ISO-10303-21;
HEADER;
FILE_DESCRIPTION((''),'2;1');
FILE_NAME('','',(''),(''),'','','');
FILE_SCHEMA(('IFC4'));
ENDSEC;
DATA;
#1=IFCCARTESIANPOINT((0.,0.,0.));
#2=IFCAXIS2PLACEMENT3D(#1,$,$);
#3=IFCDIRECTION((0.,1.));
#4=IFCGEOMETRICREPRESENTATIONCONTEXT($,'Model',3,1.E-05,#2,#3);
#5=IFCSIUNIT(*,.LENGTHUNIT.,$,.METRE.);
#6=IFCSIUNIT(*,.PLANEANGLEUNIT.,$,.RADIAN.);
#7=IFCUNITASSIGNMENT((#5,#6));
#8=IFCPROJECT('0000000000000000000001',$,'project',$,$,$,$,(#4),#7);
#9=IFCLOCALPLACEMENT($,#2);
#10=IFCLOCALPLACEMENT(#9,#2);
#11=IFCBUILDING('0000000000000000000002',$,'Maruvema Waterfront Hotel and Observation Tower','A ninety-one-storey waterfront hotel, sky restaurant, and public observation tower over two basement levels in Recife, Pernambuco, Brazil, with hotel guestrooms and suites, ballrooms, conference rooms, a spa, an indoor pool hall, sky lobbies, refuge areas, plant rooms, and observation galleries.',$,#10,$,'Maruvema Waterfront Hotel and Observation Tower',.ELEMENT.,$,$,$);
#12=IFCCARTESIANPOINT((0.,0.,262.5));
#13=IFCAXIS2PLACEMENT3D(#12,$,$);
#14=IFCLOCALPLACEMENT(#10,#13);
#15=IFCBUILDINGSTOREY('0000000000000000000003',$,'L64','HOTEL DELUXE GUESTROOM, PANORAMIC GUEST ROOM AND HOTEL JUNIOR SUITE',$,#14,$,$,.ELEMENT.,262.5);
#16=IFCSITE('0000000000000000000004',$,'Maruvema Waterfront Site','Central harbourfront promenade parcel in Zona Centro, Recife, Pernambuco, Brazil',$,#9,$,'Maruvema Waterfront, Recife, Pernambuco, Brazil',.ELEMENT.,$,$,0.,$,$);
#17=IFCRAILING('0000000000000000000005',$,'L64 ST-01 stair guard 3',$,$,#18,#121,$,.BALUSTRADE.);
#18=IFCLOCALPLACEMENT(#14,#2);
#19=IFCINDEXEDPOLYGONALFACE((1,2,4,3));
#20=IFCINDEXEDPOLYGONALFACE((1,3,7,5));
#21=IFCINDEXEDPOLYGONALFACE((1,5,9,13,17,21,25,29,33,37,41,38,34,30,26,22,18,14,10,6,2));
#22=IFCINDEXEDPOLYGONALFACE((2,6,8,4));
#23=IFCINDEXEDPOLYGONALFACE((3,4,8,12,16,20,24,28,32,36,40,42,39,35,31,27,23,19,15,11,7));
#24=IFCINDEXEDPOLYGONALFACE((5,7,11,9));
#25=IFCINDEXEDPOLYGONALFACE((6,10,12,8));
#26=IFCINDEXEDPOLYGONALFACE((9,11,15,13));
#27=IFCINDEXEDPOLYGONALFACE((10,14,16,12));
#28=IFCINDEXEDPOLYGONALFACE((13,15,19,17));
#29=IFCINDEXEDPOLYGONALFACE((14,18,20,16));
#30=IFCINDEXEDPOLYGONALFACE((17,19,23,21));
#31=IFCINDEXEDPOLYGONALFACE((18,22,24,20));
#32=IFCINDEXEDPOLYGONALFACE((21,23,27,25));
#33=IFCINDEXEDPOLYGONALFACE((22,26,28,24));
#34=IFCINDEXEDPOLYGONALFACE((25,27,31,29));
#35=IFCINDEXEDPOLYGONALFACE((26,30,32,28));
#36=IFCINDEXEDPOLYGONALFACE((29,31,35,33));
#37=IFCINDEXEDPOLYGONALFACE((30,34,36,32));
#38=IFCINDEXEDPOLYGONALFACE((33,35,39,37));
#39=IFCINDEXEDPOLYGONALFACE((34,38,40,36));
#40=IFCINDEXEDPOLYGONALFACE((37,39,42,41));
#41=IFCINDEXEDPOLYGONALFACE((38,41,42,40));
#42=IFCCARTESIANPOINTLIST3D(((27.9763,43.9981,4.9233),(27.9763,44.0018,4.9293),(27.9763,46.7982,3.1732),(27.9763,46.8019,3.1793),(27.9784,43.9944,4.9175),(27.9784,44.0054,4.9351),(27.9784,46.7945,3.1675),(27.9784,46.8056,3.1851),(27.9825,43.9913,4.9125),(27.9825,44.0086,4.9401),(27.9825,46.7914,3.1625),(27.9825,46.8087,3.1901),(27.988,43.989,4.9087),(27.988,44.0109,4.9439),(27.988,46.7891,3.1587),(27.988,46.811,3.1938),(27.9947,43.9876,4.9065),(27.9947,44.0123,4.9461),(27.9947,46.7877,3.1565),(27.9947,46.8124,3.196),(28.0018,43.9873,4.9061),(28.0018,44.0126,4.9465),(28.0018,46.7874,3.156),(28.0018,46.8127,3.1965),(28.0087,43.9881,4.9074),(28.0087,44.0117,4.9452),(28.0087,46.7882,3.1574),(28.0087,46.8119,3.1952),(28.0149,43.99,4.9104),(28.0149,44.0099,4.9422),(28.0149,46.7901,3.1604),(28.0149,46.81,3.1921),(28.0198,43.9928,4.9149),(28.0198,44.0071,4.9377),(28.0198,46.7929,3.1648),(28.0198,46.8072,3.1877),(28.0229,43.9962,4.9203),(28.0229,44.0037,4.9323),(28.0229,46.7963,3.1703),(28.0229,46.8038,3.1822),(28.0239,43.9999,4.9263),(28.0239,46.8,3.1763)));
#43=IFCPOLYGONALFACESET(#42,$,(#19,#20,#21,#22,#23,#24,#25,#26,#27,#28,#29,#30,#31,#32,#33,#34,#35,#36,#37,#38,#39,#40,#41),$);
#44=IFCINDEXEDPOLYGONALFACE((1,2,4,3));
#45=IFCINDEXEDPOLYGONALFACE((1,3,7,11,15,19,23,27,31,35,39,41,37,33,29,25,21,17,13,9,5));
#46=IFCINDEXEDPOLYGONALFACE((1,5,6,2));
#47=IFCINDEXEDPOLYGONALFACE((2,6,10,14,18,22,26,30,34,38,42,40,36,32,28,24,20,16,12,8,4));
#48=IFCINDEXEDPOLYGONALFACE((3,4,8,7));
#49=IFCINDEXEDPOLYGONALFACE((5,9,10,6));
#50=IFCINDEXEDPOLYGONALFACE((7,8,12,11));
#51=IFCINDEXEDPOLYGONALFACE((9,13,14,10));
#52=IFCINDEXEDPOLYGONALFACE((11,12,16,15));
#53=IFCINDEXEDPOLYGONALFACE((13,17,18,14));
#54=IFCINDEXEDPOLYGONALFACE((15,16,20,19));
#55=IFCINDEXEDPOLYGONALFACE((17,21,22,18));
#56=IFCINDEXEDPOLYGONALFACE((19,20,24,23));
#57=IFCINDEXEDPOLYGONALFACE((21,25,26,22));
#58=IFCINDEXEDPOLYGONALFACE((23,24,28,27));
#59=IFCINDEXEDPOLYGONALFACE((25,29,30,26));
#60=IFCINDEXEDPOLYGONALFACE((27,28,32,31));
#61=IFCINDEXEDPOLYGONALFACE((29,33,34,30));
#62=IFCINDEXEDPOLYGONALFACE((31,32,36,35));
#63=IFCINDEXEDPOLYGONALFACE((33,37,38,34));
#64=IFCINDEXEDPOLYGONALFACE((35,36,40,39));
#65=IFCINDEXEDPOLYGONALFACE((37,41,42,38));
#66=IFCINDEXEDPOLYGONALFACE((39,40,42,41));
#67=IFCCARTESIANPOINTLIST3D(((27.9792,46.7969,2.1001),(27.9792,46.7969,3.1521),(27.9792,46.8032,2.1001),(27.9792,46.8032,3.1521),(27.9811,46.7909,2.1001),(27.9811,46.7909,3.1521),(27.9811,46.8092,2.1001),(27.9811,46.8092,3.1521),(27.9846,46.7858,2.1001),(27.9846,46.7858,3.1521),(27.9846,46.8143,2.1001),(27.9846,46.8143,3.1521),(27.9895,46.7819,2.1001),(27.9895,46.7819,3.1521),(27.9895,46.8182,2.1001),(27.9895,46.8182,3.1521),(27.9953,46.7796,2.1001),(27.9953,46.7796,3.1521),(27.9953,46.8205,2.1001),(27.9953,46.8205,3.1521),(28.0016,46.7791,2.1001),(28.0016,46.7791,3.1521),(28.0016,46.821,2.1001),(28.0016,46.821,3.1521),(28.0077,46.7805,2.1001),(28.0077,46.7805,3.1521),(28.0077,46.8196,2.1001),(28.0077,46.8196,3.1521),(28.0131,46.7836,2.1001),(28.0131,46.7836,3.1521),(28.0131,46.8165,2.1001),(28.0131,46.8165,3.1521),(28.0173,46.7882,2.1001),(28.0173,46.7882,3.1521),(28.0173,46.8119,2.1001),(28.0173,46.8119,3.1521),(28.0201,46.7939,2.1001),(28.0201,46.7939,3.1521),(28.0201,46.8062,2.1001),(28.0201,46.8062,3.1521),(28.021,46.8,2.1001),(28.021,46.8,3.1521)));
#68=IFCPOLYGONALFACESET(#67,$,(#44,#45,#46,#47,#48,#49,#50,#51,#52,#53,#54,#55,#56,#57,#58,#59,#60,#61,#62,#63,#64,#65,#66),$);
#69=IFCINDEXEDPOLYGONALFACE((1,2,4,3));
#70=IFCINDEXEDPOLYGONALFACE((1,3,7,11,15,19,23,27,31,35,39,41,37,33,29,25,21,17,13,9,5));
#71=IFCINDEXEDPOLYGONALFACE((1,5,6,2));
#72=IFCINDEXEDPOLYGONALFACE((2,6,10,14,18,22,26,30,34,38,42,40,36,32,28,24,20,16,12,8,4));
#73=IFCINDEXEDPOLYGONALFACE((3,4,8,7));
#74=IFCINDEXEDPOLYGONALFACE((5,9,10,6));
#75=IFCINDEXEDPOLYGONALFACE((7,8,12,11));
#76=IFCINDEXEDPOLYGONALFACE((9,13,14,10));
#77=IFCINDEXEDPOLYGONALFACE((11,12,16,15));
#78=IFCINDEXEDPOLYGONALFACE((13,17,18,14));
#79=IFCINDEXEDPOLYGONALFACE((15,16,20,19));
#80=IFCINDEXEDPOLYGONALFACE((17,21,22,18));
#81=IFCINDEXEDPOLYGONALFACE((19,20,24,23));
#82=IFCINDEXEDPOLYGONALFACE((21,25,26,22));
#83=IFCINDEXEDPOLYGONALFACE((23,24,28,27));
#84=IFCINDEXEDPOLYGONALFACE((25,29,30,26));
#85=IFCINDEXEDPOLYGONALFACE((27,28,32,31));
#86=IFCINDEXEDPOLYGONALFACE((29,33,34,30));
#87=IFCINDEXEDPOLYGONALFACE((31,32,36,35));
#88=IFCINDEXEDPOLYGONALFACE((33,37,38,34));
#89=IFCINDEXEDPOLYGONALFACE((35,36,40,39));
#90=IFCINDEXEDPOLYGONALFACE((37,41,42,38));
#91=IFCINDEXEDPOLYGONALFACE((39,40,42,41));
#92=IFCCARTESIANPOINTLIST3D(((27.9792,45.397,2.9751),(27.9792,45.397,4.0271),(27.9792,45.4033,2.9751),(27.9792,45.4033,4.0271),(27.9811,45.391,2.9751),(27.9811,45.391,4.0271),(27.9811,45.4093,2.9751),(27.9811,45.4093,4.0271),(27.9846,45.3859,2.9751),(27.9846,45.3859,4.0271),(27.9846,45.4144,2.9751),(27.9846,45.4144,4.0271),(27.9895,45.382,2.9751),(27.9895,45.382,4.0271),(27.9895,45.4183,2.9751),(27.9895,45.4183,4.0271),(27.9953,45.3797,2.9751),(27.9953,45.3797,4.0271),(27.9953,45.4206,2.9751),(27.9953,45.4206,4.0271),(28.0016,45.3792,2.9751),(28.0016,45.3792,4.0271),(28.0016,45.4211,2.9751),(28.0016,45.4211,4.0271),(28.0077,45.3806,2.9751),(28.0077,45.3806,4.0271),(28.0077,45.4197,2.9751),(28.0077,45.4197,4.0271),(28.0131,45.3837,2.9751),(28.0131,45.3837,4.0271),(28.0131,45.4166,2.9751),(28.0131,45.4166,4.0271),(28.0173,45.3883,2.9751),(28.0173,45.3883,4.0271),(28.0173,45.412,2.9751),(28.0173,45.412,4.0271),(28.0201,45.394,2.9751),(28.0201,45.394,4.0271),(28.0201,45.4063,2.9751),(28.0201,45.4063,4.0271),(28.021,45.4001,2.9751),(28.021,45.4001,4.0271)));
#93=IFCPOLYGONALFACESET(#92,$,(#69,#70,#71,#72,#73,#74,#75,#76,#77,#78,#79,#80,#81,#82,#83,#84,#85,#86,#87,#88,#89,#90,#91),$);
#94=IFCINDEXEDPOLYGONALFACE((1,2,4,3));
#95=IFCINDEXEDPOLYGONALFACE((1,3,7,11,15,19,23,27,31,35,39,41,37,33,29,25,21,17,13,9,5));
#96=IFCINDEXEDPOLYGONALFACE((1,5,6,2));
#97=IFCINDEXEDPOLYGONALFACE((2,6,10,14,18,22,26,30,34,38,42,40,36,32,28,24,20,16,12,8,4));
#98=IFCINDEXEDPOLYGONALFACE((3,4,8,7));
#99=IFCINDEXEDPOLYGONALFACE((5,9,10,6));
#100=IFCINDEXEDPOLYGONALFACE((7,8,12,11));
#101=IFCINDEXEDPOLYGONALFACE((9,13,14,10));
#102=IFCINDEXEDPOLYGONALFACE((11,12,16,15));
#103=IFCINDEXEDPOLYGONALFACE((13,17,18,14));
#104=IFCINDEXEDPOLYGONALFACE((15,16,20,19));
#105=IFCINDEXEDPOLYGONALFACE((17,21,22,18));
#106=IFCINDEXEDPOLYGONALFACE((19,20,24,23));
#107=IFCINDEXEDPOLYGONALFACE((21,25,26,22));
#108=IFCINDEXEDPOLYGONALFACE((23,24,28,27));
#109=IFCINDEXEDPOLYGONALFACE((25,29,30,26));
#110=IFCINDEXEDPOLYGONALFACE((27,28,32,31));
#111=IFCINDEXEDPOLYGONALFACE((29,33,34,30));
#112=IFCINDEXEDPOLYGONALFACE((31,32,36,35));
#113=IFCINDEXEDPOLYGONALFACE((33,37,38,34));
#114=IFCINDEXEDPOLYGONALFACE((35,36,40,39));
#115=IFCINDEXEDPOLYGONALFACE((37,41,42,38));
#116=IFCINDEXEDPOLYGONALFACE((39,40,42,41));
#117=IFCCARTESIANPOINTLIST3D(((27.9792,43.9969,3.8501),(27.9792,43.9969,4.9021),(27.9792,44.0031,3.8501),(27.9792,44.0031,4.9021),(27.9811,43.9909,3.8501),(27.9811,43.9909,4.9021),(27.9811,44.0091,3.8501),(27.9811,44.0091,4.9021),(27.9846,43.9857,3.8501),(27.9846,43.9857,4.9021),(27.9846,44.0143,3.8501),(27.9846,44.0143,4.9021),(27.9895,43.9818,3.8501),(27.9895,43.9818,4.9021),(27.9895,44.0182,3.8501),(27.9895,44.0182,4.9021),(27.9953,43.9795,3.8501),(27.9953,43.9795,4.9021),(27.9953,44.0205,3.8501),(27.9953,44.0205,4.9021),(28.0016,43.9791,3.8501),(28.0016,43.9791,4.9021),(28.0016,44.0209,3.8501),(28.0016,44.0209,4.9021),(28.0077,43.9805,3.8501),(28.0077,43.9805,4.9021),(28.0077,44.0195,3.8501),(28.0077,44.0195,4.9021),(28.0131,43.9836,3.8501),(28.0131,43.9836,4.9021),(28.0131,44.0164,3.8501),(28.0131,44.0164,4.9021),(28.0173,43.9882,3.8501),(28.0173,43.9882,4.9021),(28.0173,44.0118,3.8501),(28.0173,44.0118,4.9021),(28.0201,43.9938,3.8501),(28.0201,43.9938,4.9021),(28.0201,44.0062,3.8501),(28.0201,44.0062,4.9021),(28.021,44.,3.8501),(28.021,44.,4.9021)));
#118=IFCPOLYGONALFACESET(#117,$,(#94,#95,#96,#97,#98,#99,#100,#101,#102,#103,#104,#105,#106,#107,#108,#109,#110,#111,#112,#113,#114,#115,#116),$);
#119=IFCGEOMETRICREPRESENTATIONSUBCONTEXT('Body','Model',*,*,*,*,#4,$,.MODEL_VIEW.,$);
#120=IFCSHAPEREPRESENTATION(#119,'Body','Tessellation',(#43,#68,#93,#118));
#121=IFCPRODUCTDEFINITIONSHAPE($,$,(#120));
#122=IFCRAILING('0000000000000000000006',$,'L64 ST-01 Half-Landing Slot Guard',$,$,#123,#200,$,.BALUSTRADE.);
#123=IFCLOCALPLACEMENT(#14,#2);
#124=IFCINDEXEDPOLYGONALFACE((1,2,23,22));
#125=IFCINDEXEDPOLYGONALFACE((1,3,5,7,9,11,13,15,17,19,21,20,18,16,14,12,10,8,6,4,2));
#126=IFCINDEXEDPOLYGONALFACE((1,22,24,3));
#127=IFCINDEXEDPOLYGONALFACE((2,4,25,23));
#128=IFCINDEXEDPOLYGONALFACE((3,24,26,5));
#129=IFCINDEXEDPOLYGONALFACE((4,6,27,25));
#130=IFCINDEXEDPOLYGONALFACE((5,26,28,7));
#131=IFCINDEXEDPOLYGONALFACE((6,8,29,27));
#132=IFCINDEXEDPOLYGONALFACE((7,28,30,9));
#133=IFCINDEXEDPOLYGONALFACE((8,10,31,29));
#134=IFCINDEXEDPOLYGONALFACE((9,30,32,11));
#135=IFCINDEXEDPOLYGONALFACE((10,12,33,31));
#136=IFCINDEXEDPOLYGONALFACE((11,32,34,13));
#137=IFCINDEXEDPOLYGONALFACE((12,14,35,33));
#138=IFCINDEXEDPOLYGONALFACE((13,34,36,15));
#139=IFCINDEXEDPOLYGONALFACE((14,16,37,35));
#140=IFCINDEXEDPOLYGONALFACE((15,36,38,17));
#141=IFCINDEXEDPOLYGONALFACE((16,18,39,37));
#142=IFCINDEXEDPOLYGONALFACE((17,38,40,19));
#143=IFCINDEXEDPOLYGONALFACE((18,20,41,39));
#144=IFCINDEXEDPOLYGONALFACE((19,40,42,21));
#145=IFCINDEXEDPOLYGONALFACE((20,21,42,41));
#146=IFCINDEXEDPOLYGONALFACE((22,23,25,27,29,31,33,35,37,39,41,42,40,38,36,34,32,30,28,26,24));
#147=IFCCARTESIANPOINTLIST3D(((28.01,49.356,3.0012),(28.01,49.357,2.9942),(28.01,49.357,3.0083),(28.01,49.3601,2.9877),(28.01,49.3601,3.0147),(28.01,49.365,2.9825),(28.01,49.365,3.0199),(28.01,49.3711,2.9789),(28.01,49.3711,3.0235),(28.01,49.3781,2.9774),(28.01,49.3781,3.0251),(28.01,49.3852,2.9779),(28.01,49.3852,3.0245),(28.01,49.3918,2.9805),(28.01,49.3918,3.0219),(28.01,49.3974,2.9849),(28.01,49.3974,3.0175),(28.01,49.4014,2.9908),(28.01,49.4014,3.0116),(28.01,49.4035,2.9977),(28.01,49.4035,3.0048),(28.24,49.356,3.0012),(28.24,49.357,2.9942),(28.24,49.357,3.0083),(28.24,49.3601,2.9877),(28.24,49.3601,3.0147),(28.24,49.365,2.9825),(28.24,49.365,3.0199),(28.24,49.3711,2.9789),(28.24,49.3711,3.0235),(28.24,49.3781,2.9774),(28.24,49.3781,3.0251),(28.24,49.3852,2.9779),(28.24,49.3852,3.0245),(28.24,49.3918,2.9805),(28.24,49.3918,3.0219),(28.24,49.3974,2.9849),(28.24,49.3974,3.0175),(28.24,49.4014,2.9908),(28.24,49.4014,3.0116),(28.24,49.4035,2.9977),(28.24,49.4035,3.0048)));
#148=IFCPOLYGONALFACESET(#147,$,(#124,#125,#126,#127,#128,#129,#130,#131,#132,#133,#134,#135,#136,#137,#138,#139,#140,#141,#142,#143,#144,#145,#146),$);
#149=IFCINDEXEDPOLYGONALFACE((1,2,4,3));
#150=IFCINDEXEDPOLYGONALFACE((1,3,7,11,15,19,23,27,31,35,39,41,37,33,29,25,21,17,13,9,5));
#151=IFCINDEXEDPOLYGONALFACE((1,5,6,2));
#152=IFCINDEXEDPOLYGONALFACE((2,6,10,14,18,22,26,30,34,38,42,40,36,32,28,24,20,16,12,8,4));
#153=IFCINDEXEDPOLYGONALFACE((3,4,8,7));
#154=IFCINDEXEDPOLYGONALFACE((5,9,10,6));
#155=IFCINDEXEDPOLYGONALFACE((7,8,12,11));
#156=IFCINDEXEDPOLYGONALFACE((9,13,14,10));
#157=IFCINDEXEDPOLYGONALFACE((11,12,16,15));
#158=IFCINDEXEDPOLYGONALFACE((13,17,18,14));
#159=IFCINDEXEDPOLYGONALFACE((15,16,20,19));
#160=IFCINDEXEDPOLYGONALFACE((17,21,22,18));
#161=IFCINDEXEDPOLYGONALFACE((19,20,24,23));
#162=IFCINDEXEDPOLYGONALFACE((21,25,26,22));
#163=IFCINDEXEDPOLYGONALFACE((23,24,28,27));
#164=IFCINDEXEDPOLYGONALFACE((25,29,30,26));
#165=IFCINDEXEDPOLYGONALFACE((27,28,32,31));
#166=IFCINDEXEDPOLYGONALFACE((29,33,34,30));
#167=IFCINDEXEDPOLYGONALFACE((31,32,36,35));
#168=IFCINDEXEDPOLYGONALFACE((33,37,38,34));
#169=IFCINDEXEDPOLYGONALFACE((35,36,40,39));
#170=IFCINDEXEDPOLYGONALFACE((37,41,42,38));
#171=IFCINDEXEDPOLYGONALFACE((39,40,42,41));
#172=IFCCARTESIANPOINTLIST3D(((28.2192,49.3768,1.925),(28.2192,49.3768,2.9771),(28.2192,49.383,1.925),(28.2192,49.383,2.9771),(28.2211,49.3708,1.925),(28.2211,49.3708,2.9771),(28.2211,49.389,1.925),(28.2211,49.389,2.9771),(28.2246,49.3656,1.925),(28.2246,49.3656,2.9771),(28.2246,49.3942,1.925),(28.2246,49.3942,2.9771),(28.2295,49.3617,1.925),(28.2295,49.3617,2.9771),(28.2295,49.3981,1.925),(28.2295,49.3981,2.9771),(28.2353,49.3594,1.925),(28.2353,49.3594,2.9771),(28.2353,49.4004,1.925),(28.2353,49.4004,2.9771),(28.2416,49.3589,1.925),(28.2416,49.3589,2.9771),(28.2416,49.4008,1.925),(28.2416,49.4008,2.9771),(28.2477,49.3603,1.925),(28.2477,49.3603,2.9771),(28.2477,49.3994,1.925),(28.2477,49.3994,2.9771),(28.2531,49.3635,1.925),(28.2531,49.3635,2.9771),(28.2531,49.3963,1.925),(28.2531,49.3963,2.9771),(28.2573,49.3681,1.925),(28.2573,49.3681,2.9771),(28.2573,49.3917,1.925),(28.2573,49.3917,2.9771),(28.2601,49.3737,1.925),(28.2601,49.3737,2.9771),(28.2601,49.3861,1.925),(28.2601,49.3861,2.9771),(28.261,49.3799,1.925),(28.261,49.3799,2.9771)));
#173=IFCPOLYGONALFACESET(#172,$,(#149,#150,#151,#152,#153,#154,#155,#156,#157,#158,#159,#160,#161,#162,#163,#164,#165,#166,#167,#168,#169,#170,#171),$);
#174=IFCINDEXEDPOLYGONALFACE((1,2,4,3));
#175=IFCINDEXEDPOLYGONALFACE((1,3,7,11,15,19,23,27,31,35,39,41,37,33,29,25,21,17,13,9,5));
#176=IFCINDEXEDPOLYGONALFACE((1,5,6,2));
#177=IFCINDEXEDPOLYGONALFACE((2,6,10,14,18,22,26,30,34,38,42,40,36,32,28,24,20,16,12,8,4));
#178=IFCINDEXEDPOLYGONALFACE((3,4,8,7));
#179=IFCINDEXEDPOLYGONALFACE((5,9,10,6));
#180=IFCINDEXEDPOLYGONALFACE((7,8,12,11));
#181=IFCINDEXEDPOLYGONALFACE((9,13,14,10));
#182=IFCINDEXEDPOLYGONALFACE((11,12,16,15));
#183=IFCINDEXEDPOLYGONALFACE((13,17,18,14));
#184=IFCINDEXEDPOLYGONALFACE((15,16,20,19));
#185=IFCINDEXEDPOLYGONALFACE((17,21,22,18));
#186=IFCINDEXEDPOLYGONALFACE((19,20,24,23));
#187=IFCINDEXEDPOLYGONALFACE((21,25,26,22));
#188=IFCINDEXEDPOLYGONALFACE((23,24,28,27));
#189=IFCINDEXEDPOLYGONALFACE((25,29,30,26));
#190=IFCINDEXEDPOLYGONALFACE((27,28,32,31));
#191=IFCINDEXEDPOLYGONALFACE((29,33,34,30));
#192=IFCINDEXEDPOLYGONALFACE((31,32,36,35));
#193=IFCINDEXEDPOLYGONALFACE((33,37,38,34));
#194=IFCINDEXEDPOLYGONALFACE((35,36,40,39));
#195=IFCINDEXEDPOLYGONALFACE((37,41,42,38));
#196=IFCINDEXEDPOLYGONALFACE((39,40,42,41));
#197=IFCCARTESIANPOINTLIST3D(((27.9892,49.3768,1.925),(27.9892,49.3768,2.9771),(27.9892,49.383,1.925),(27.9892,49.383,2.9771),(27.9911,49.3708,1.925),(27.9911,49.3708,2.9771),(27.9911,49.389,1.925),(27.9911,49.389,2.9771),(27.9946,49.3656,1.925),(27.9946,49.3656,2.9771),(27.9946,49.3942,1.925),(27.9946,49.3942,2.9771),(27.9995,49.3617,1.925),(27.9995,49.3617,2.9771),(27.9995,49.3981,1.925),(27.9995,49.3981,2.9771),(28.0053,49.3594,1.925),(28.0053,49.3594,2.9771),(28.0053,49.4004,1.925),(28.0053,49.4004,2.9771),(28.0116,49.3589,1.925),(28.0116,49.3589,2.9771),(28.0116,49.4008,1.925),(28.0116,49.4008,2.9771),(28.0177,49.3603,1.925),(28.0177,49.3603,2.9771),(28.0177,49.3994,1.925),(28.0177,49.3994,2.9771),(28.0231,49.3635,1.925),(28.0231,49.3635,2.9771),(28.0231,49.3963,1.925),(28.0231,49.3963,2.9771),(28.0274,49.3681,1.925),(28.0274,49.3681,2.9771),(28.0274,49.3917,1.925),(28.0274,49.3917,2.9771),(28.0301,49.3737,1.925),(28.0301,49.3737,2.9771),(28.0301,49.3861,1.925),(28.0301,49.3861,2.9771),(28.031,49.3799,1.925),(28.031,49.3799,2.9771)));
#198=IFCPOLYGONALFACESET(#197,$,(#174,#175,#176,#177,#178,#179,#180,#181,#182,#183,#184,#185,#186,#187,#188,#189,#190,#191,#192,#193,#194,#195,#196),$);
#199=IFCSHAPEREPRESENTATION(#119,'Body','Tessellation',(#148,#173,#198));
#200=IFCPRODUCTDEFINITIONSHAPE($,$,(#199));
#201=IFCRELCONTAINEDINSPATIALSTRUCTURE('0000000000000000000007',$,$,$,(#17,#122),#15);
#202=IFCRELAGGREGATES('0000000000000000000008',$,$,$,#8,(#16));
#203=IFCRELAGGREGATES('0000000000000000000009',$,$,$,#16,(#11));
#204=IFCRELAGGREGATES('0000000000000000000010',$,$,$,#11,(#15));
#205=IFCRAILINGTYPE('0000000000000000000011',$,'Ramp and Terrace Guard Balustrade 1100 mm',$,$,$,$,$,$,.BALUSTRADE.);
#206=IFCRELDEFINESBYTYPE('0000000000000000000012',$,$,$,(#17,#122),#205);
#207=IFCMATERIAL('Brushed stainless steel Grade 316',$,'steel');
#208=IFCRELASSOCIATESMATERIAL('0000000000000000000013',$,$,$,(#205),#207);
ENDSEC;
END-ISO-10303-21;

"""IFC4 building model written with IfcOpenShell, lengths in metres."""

from ifc_helpers import new_model, si_unit, direction, frame, origin, origin_2d, place, context, subcontext, project, spatial, circle, extrude, material, type_object, element, save


model = new_model("IFC4")

# Units and contexts
model_context = context("Model", 3, precision=1e-05, world=origin(), true_north=direction((0.0, 1.0)))
body_context = subcontext(model_context, "Body", "Model", "MODEL_VIEW")
ifc_project = project(units=[si_unit("LENGTHUNIT", "METRE"), si_unit("PLANEANGLEUNIT", "RADIAN")], contexts=[model_context])

# Site, building, storey
site_placement = place(None, origin())
site = spatial("IfcSite", under=ifc_project, at=site_placement, Name="Maruvema Waterfront Site", Description="Central harbourfront promenade parcel in Zona Centro, Recife, Pernambuco, Brazil", LongName="Maruvema Waterfront, Recife, Pernambuco, Brazil", CompositionType="ELEMENT", RefElevation=0.0)
building_placement = place(site_placement, origin())
building = spatial("IfcBuilding", under=site, at=building_placement, Name="Maruvema Waterfront Hotel and Observation Tower", Description="A ninety-one-storey waterfront hotel, sky restaurant, and public observation tower over two basement levels in Recife, Pernambuco, Brazil, with hotel guestrooms and suites, ballrooms, conference rooms, a spa, an indoor pool hall, sky lobbies, refuge areas, plant rooms, and observation galleries.", LongName="Maruvema Waterfront Hotel and Observation Tower", CompositionType="ELEMENT")
storey_placement = place(building_placement, frame((0.0, 0.0, 262.5)))
storey = spatial("IfcBuildingStorey", under=building, at=storey_placement, Name="L64", Description="HOTEL DELUXE GUESTROOM, PANORAMIC GUEST ROOM AND HOTEL JUNIOR SUITE", CompositionType="ELEMENT", Elevation=262.5)

# Railings
ifc_material_1 = material(Name="Brushed stainless steel Grade 316", Category="steel")
railing_type_1 = type_object("IfcRailingType", Name="Ramp and Terrace Guard Balustrade 1100 mm", PredefinedType="BALUSTRADE", material=ifc_material_1)
railing_1_placement = place(storey_placement, frame((28.0, 46.8, 2.1001)))
element("IfcRailing", 1, at=railing_1_placement, inside=storey, type_object=railing_type_1, Name="L64 ST-01 stair guard 3", PredefinedType="BALUSTRADE", context=body_context, shape_type="SweptSolid", body=[
    extrude(circle(Radius=0.0239, at=origin_2d()), frame((0.0, 0.0, 1.0762), z_axis=(0.0, -0.848002, 0.529992), x_axis=(1.0, 0.0, 0.0)), (0.0, 0.0, 1.0), 3.302),
    extrude(circle(Radius=0.021, at=origin_2d()), origin(), (0.0, 0.0, 1.0), 1.052),
    extrude(circle(Radius=0.021, at=origin_2d()), frame((0.0, -1.3999, 0.875)), (0.0, 0.0, 1.0), 1.052),
    extrude(circle(Radius=0.021, at=origin_2d()), frame((0.0, -2.8, 1.75)), (0.0, 0.0, 1.0), 1.052),
])
railing_2_placement = place(storey_placement, frame((28.24, 49.3799, 1.925)))
element("IfcRailing", 2, at=railing_2_placement, inside=storey, type_object=railing_type_1, Name="L64 ST-01 Half-Landing Slot Guard", PredefinedType="BALUSTRADE", context=body_context, shape_type="SweptSolid", body=[
    extrude(circle(Radius=0.0239, at=origin_2d()), frame((0.0, 0.0, 1.0762), z_axis=(-1.0, 0.0, 0.0), x_axis=(0.0, -1.0, 0.0)), (0.0, 0.0, 1.0), 0.23),
    extrude(circle(Radius=0.021, at=origin_2d()), origin(), (0.0, 0.0, 1.0), 1.052),
    extrude(circle(Radius=0.021, at=origin_2d()), frame((-0.23, 0.0, 0.0)), (0.0, 0.0, 1.0), 1.052),
])

save(model, "model.ifc")
